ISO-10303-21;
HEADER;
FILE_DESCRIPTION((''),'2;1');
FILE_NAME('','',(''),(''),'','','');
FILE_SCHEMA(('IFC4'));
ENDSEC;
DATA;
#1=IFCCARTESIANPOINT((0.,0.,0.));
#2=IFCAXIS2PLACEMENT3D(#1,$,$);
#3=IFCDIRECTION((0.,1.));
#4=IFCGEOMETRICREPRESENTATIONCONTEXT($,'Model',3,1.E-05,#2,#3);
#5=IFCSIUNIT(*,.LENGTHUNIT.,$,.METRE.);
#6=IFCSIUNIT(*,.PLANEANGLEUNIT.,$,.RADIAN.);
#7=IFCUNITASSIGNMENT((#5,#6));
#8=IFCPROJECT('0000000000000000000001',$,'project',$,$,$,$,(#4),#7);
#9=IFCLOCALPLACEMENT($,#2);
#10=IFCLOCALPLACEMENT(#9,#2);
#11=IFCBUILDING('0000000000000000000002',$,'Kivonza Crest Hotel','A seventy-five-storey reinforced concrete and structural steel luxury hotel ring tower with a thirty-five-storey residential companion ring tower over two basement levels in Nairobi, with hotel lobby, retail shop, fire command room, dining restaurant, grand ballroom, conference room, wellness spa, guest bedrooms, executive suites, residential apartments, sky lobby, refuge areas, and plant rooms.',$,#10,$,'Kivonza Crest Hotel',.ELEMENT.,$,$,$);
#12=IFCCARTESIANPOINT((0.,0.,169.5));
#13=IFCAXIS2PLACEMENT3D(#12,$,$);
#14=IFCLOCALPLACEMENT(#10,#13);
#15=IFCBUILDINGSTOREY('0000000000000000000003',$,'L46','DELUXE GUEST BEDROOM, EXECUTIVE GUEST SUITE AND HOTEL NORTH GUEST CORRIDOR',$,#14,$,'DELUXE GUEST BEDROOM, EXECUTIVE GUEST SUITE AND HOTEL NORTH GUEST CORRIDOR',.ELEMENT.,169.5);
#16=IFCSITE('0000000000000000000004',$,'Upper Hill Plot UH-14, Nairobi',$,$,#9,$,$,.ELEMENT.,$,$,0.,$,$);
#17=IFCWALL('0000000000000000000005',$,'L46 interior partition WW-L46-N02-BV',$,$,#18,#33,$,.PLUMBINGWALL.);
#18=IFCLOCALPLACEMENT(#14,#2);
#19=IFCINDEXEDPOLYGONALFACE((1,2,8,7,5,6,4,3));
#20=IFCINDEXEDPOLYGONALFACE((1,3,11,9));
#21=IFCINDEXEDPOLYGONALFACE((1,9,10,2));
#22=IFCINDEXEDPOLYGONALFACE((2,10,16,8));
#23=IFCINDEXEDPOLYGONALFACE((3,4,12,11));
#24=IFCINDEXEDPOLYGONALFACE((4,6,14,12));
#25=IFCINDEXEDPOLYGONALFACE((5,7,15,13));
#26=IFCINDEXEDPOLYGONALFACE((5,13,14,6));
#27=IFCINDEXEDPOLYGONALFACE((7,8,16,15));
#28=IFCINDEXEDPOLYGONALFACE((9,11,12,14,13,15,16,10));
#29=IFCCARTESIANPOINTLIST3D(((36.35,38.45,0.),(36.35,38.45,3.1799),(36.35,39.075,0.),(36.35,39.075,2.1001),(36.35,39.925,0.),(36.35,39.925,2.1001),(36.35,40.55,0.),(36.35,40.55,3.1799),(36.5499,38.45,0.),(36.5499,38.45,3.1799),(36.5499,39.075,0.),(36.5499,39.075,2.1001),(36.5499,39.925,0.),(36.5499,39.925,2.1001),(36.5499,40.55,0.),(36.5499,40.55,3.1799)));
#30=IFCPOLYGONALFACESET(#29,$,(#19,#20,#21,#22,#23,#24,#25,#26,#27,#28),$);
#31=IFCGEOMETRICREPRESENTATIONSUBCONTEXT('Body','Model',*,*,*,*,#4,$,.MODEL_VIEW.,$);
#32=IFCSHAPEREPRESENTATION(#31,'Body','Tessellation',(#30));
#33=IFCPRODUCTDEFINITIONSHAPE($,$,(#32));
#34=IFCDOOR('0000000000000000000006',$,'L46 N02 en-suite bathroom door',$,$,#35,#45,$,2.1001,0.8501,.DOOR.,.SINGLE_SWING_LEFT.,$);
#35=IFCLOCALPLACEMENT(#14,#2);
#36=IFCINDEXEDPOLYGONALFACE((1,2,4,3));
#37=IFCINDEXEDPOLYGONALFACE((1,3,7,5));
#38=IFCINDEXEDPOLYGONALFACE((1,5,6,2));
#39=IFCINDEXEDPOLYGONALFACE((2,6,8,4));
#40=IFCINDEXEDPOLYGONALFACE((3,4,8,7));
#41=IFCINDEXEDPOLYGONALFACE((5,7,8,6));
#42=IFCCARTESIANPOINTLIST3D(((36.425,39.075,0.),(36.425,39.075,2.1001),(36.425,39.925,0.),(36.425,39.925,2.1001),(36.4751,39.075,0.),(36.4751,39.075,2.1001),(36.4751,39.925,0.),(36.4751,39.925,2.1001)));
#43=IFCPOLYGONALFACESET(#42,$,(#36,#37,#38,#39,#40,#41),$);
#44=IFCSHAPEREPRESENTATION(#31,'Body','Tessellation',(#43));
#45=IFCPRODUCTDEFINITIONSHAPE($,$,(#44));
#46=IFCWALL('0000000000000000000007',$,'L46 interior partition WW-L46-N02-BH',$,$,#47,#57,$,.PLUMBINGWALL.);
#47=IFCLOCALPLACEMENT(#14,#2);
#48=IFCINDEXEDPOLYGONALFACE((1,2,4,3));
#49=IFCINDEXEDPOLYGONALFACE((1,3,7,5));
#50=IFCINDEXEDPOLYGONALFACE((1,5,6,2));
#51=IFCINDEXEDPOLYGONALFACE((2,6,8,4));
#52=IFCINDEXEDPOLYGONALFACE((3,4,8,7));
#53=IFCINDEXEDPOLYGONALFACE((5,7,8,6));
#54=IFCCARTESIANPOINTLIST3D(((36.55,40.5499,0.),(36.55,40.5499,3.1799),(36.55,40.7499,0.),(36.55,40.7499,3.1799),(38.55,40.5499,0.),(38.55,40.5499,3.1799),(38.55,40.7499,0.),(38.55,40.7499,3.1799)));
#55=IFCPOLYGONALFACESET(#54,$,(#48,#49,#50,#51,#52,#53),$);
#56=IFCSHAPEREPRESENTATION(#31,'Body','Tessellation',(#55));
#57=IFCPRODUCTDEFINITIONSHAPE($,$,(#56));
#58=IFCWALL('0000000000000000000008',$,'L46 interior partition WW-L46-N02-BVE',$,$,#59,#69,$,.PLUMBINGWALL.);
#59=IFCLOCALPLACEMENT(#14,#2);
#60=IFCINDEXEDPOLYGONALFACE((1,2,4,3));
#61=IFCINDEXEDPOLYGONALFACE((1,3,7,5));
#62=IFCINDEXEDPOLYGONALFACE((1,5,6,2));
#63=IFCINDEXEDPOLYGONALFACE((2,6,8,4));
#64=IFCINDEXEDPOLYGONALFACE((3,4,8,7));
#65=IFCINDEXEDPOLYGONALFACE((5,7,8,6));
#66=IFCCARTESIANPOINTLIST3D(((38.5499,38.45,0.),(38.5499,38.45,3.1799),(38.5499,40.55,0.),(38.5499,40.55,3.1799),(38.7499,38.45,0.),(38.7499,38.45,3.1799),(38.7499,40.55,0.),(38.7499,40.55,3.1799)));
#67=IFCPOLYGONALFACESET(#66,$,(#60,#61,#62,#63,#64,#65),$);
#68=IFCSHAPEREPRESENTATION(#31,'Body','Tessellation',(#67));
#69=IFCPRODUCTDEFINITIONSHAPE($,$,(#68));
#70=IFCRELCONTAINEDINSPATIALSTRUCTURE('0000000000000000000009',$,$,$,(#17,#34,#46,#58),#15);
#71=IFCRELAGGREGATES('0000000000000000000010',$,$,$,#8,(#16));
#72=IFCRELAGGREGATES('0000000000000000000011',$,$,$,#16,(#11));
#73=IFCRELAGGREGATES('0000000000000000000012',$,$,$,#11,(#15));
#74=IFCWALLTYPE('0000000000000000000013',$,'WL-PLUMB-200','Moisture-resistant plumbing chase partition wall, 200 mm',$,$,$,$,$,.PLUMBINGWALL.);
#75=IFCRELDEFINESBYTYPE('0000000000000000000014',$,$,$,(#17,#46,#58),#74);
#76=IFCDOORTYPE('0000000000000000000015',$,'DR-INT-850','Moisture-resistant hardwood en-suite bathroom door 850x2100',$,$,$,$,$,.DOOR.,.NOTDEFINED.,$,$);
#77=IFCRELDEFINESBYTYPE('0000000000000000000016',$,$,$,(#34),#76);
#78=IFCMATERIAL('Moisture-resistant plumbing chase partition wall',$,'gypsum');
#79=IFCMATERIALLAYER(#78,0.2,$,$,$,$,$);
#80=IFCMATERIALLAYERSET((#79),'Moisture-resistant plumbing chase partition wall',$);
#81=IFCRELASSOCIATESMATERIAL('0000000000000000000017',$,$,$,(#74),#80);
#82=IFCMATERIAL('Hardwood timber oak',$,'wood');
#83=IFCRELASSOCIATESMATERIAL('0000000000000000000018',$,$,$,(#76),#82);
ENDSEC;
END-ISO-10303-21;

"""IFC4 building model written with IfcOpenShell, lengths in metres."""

from ifc_helpers import new_model, si_unit, direction, frame, frame_2d, origin, place, context, subcontext, project, spatial, rectangle, extrude, material, layer, layer_set, type_object, element, fill, save


model = new_model("IFC4")

# Units and contexts
model_context = context("Model", 3, precision=1e-05, world=origin(), true_north=direction((0.0, 1.0)))
body_context = subcontext(model_context, "Body", "Model", "MODEL_VIEW")
ifc_project = project(units=[si_unit("LENGTHUNIT", "METRE"), si_unit("PLANEANGLEUNIT", "RADIAN")], contexts=[model_context])

# Site, building, storey
site_placement = place(None, origin())
site = spatial("IfcSite", under=ifc_project, at=site_placement, Name="Upper Hill Plot UH-14, Nairobi", CompositionType="ELEMENT", RefElevation=0.0)
building_placement = place(site_placement, origin())
building = spatial("IfcBuilding", under=site, at=building_placement, Name="Kivonza Crest Hotel", Description="A seventy-five-storey reinforced concrete and structural steel luxury hotel ring tower with a thirty-five-storey residential companion ring tower over two basement levels in Nairobi, with hotel lobby, retail shop, fire command room, dining restaurant, grand ballroom, conference room, wellness spa, guest bedrooms, executive suites, residential apartments, sky lobby, refuge areas, and plant rooms.", LongName="Kivonza Crest Hotel", CompositionType="ELEMENT")
storey_placement = place(building_placement, frame((0.0, 0.0, 169.5)))
storey = spatial("IfcBuildingStorey", under=building, at=storey_placement, Name="L46", Description="DELUXE GUEST BEDROOM, EXECUTIVE GUEST SUITE AND HOTEL NORTH GUEST CORRIDOR", LongName="DELUXE GUEST BEDROOM, EXECUTIVE GUEST SUITE AND HOTEL NORTH GUEST CORRIDOR", CompositionType="ELEMENT", Elevation=169.5)

# Shared definitions
ifc_material_1 = material(Name="Hardwood timber oak", Category="wood")

# Wall, opening, door
ifc_material_2 = material(Name="Moisture-resistant plumbing chase partition wall", Category="gypsum")
ifc_layer_1 = layer(ifc_material_2, 0.2)
ifc_layer_set_1 = layer_set([ifc_layer_1], Name="Moisture-resistant plumbing chase partition wall")
wall_type_1 = type_object("IfcWallType", Name="WL-PLUMB-200", Description="Moisture-resistant plumbing chase partition wall, 200 mm", PredefinedType="PLUMBINGWALL", material=ifc_layer_set_1)
wall_1_placement = place(storey_placement, frame((36.45, 38.45, 0.0), z_axis=(0.0, 0.0, 1.0), x_axis=(0.0, 1.0, 0.0)))
wall_1 = element("IfcWall", 1, at=wall_1_placement, inside=storey, type_object=wall_type_1, Name="L46 interior partition WW-L46-N02-BV", PredefinedType="PLUMBINGWALL", context=body_context, shape_type="SweptSolid", body=[
    extrude(rectangle(XDim=2.1001, YDim=0.2, at=frame_2d((1.05, 0.0))), origin(), (0.0, 0.0, 1.0), 3.1799),
])
opening_1_placement = place(wall_1_placement, frame((0.625, 0.0, 0.0)))
opening_1 = element("IfcOpeningElement", 2, at=opening_1_placement, cuts=wall_1, PredefinedType="OPENING", context=body_context, shape_type="SweptSolid", body=[
    extrude(rectangle(XDim=0.8501, YDim=2.1001, at=frame_2d((0.425, 1.05))), frame((0.0, 0.1099, 0.0), z_axis=(0.0, -1.0, 0.0), x_axis=(1.0, 0.0, 0.0)), (0.0, 0.0, 1.0), 0.22),
])
door_type_1 = type_object("IfcDoorType", Name="DR-INT-850", Description="Moisture-resistant hardwood en-suite bathroom door 850x2100", OperationType="NOTDEFINED", PredefinedType="DOOR", material=ifc_material_1)
door_1_placement = place(opening_1_placement, origin())
door_1 = element("IfcDoor", 3, at=door_1_placement, inside=storey, type_object=door_type_1, Name="L46 N02 en-suite bathroom door", OperationType="SINGLE_SWING_LEFT", OverallHeight=2.1001, OverallWidth=0.8501, PredefinedType="DOOR", context=body_context, shape_type="SweptSolid", body=[
    extrude(rectangle(XDim=0.8501, YDim=2.1001, at=frame_2d((0.425, 1.05))), frame((0.0, 0.0249, 0.0), z_axis=(0.0, -1.0, 0.0), x_axis=(1.0, 0.0, 0.0)), (0.0, 0.0, 1.0), 0.05),
])
fill(opening_1, door_1)

# Walls
wall_2_placement = place(storey_placement, frame((36.55, 40.6499, 0.0), z_axis=(0.0, 0.0, 1.0), x_axis=(1.0, 0.0, 0.0)))
element("IfcWall", 4, at=wall_2_placement, inside=storey, type_object=wall_type_1, Name="L46 interior partition WW-L46-N02-BH", PredefinedType="PLUMBINGWALL", context=body_context, shape_type="SweptSolid", body=[
    extrude(rectangle(XDim=2.0, YDim=0.2, at=frame_2d((1.0, 0.0))), origin(), (0.0, 0.0, 1.0), 3.1799),
])
wall_3_placement = place(storey_placement, frame((38.6499, 38.45, 0.0), z_axis=(0.0, 0.0, 1.0), x_axis=(0.0, 1.0, 0.0)))
element("IfcWall", 5, at=wall_3_placement, inside=storey, type_object=wall_type_1, Name="L46 interior partition WW-L46-N02-BVE", PredefinedType="PLUMBINGWALL", context=body_context, shape_type="SweptSolid", body=[
    extrude(rectangle(XDim=2.1001, YDim=0.2, at=frame_2d((1.05, 0.0))), origin(), (0.0, 0.0, 1.0), 3.1799),
])

save(model, "model.ifc")
